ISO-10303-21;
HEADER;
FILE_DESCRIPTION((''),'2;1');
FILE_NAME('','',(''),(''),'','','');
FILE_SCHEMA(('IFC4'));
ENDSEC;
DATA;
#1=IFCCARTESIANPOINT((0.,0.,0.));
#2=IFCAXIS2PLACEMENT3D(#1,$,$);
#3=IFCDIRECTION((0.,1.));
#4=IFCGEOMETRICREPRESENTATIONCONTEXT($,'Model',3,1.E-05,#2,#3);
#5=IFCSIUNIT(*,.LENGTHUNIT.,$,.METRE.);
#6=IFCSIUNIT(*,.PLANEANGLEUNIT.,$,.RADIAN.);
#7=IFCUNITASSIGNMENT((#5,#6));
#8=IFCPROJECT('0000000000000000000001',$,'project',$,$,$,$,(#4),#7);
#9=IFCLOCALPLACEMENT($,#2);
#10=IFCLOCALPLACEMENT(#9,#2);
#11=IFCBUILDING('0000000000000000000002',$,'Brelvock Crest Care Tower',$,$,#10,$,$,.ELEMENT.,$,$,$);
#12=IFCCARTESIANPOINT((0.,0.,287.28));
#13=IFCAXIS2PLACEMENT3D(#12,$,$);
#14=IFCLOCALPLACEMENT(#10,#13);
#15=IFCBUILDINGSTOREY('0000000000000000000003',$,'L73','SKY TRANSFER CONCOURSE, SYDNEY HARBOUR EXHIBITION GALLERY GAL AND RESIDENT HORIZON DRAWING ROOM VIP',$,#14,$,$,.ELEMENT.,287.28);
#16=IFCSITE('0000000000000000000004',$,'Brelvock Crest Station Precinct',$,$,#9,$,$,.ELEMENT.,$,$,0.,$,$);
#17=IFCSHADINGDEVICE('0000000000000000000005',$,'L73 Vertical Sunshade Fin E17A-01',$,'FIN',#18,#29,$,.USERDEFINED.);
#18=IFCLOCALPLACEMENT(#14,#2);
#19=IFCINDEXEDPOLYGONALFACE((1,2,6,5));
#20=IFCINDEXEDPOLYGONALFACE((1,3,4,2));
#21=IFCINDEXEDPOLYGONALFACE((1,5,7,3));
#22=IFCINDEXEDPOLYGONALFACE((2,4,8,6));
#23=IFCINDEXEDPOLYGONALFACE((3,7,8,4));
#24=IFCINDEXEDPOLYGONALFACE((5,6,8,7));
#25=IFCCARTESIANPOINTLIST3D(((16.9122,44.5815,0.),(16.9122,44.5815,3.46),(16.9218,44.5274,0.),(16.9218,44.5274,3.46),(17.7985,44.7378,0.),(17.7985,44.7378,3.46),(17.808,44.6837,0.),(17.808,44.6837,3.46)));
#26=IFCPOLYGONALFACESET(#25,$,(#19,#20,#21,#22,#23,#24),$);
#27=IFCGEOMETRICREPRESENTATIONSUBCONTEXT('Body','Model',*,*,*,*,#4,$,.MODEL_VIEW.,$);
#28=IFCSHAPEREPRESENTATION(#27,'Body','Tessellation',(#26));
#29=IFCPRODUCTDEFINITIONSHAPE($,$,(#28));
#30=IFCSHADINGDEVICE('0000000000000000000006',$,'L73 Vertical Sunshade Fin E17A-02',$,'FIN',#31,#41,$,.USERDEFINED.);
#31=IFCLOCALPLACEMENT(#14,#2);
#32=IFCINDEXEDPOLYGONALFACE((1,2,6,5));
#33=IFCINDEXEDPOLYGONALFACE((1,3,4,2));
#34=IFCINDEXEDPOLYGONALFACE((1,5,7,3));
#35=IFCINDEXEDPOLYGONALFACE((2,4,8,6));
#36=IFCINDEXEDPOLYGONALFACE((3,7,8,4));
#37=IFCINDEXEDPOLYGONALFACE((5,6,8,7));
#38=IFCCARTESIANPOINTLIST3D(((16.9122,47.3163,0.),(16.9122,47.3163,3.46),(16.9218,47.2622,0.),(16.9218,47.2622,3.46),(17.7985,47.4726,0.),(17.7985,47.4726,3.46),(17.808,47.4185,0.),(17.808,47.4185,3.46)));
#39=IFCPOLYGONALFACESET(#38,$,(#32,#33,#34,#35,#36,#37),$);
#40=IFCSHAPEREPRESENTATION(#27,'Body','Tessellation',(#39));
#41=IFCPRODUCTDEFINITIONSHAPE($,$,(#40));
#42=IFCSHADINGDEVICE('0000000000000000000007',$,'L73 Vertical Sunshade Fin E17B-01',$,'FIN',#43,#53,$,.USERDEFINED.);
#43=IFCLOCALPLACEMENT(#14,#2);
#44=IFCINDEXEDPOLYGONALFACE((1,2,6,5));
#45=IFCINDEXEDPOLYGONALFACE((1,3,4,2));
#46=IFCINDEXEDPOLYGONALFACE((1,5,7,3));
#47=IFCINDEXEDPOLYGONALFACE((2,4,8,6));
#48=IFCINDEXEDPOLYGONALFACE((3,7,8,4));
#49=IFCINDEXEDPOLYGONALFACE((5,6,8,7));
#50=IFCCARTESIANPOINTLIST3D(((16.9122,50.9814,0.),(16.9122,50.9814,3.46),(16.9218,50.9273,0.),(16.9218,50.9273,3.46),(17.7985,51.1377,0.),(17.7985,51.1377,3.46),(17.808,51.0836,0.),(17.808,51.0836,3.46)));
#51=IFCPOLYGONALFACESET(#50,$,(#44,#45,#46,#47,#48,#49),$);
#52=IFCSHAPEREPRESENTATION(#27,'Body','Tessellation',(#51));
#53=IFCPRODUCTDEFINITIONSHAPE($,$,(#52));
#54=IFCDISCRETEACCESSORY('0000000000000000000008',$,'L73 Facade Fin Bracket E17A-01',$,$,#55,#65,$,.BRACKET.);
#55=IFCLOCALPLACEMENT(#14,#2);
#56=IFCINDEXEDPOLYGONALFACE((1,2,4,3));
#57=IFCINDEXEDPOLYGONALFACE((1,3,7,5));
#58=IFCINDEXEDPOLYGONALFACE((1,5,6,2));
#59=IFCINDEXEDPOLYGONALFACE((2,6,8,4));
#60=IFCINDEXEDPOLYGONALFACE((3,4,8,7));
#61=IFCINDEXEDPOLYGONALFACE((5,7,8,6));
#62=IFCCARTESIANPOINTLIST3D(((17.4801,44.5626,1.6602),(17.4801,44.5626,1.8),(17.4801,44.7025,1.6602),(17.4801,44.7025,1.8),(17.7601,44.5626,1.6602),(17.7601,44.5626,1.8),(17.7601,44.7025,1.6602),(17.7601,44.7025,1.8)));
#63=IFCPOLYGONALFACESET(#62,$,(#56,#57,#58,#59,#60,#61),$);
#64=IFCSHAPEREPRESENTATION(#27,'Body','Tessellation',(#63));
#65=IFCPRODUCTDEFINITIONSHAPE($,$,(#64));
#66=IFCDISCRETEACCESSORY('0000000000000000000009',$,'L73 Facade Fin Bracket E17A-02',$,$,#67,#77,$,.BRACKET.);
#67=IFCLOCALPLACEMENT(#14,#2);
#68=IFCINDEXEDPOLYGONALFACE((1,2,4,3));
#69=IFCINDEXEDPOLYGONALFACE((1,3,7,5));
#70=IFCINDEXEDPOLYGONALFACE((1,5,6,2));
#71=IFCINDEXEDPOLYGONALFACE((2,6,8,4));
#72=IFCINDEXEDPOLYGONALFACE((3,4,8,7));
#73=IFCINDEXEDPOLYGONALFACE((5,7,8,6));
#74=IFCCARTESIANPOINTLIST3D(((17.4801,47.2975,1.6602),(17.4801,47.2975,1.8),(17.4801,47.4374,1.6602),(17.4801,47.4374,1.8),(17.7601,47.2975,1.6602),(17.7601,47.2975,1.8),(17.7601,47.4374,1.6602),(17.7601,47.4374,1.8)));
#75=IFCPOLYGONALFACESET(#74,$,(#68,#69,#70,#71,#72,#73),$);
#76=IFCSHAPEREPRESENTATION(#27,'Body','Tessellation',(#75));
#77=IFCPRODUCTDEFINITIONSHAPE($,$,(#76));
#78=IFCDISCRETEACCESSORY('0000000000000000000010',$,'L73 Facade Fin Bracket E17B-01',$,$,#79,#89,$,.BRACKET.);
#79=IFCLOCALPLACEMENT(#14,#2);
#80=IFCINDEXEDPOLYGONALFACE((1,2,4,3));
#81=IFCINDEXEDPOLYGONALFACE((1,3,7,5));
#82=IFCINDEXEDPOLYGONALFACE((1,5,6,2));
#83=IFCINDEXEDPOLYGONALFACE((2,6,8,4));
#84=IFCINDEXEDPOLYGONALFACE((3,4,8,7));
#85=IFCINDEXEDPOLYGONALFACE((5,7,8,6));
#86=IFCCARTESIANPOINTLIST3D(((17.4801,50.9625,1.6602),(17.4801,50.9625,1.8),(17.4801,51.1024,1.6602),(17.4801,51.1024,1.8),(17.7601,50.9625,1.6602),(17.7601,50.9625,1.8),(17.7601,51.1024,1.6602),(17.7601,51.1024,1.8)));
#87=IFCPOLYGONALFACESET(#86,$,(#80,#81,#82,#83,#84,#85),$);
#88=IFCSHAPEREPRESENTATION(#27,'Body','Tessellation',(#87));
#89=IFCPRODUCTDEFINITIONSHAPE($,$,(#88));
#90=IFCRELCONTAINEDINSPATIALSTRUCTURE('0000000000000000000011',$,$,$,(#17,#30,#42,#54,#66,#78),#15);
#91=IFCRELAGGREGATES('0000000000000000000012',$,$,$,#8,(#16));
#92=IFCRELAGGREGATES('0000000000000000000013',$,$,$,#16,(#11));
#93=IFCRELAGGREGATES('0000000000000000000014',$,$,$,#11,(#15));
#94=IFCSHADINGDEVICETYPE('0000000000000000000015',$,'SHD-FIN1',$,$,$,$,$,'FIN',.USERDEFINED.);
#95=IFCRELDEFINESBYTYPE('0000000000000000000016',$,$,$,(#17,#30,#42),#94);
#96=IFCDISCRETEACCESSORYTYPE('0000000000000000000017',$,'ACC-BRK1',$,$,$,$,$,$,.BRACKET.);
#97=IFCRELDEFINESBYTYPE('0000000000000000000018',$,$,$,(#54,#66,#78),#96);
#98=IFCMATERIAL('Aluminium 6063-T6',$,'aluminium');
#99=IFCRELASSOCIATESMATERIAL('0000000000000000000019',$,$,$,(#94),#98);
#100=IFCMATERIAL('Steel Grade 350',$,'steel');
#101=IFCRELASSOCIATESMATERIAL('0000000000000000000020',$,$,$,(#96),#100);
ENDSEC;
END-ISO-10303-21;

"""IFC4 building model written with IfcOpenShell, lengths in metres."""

from ifc_helpers import new_model, si_unit, direction, frame, origin, origin_2d, place, context, subcontext, project, spatial, rectangle, extrude, source, transform, mapped, material, material_profile, profile_set, type_object, element, save


model = new_model("IFC4")

# Units and contexts
model_context = context("Model", 3, precision=1e-05, world=origin(), true_north=direction((0.0, 1.0)))
body_context = subcontext(model_context, "Body", "Model", "MODEL_VIEW")
ifc_project = project(units=[si_unit("LENGTHUNIT", "METRE"), si_unit("PLANEANGLEUNIT", "RADIAN")], contexts=[model_context])

# Site, building, storey
site_placement = place(None, origin())
site = spatial("IfcSite", under=ifc_project, at=site_placement, Name="Brelvock Crest Station Precinct", CompositionType="ELEMENT", RefElevation=0.0)
building_placement = place(site_placement, origin())
building = spatial("IfcBuilding", under=site, at=building_placement, Name="Brelvock Crest Care Tower", CompositionType="ELEMENT")
storey_placement = place(building_placement, frame((0.0, 0.0, 287.28)))
storey = spatial("IfcBuildingStorey", under=building, at=storey_placement, Name="L73", Description="SKY TRANSFER CONCOURSE, SYDNEY HARBOUR EXHIBITION GALLERY GAL AND RESIDENT HORIZON DRAWING ROOM VIP", CompositionType="ELEMENT", Elevation=287.28)

# Shared definitions
ifc_material_1 = material(Name="Steel Grade 350", Category="steel")

# Shared definitions
ifc_material_2 = material(Name="Aluminium 6063-T6", Category="aluminium")

# Shading devices
ifc_material_profile_1 = material_profile(ifc_material_2, rectangle(XDim=0.0549, YDim=0.8999, at=origin_2d()), Name="FIN55x900")
ifc_profile_set_1 = profile_set([ifc_material_profile_1], Name="Aluminium 6063-T6")
shading_device_type = type_object("IfcShadingDeviceType", Name="SHD-FIN1", ElementType="FIN", PredefinedType="USERDEFINED", material=ifc_profile_set_1)
shared_shape_1 = source(origin(), body_context, "Body", "SweptSolid", [
    extrude(rectangle(XDim=0.0549, YDim=0.8999, at=origin_2d()), origin(), (0.0, 0.0, 1.0), 3.46),
])
for number, where, z_axis, x_axis, name in (
    (1, (17.3601, 44.6326, 0.0), (0.0, 0.0, 1.0), (-0.173648, 0.984808, 0.0), "L73 Vertical Sunshade Fin E17A-01"),
    (2, (17.3601, 47.3674, 0.0), (0.0, 0.0, 1.0), (-0.173648, 0.984808, 0.0), "L73 Vertical Sunshade Fin E17A-02"),
    (3, (17.3601, 51.0325, 0.0), (0.0, 0.0, 1.0), (-0.173648, 0.984808, 0.0), "L73 Vertical Sunshade Fin E17B-01"),
):
    element("IfcShadingDevice", number, at=place(storey_placement, frame(where, z_axis=z_axis, x_axis=x_axis)), inside=storey, type_object=shading_device_type, Name=name, ObjectType="FIN", PredefinedType="USERDEFINED", context=body_context, shape_type="MappedRepresentation", body=[
        mapped(shared_shape_1, transform((0.0, 0.0, 0.0), x_axis=(1.0, 0.0, 0.0), y_axis=(0.0, 1.0, 0.0), z_axis=(0.0, 0.0, 1.0), scale=1.0)),
    ])

# Discrete accessories
discrete_accessory_type = type_object("IfcDiscreteAccessoryType", Name="ACC-BRK1", PredefinedType="BRACKET", material=ifc_material_1)
shared_shape_2 = source(origin(), body_context, "Body", "SweptSolid", [
    extrude(rectangle(XDim=0.28, YDim=0.1399, at=origin_2d()), origin(), (0.0, 0.0, 1.0), 0.1399),
])
for number, where, z_axis, x_axis, name in (
    (4, (17.6201, 44.6326, 1.6602), (0.0, 0.0, 1.0), (-1.0, 0.0, 0.0), "L73 Facade Fin Bracket E17A-01"),
    (5, (17.6201, 47.3674, 1.6602), (0.0, 0.0, 1.0), (-1.0, 0.0, 0.0), "L73 Facade Fin Bracket E17A-02"),
    (6, (17.6201, 51.0325, 1.6602), (0.0, 0.0, 1.0), (-1.0, 0.0, 0.0), "L73 Facade Fin Bracket E17B-01"),
):
    element("IfcDiscreteAccessory", number, at=place(storey_placement, frame(where, z_axis=z_axis, x_axis=x_axis)), inside=storey, type_object=discrete_accessory_type, Name=name, PredefinedType="BRACKET", context=body_context, shape_type="MappedRepresentation", body=[
        mapped(shared_shape_2, transform((0.0, 0.0, 0.0), x_axis=(1.0, 0.0, 0.0), y_axis=(0.0, 1.0, 0.0), z_axis=(0.0, 0.0, 1.0), scale=1.0)),
    ])

save(model, "model.ifc")
